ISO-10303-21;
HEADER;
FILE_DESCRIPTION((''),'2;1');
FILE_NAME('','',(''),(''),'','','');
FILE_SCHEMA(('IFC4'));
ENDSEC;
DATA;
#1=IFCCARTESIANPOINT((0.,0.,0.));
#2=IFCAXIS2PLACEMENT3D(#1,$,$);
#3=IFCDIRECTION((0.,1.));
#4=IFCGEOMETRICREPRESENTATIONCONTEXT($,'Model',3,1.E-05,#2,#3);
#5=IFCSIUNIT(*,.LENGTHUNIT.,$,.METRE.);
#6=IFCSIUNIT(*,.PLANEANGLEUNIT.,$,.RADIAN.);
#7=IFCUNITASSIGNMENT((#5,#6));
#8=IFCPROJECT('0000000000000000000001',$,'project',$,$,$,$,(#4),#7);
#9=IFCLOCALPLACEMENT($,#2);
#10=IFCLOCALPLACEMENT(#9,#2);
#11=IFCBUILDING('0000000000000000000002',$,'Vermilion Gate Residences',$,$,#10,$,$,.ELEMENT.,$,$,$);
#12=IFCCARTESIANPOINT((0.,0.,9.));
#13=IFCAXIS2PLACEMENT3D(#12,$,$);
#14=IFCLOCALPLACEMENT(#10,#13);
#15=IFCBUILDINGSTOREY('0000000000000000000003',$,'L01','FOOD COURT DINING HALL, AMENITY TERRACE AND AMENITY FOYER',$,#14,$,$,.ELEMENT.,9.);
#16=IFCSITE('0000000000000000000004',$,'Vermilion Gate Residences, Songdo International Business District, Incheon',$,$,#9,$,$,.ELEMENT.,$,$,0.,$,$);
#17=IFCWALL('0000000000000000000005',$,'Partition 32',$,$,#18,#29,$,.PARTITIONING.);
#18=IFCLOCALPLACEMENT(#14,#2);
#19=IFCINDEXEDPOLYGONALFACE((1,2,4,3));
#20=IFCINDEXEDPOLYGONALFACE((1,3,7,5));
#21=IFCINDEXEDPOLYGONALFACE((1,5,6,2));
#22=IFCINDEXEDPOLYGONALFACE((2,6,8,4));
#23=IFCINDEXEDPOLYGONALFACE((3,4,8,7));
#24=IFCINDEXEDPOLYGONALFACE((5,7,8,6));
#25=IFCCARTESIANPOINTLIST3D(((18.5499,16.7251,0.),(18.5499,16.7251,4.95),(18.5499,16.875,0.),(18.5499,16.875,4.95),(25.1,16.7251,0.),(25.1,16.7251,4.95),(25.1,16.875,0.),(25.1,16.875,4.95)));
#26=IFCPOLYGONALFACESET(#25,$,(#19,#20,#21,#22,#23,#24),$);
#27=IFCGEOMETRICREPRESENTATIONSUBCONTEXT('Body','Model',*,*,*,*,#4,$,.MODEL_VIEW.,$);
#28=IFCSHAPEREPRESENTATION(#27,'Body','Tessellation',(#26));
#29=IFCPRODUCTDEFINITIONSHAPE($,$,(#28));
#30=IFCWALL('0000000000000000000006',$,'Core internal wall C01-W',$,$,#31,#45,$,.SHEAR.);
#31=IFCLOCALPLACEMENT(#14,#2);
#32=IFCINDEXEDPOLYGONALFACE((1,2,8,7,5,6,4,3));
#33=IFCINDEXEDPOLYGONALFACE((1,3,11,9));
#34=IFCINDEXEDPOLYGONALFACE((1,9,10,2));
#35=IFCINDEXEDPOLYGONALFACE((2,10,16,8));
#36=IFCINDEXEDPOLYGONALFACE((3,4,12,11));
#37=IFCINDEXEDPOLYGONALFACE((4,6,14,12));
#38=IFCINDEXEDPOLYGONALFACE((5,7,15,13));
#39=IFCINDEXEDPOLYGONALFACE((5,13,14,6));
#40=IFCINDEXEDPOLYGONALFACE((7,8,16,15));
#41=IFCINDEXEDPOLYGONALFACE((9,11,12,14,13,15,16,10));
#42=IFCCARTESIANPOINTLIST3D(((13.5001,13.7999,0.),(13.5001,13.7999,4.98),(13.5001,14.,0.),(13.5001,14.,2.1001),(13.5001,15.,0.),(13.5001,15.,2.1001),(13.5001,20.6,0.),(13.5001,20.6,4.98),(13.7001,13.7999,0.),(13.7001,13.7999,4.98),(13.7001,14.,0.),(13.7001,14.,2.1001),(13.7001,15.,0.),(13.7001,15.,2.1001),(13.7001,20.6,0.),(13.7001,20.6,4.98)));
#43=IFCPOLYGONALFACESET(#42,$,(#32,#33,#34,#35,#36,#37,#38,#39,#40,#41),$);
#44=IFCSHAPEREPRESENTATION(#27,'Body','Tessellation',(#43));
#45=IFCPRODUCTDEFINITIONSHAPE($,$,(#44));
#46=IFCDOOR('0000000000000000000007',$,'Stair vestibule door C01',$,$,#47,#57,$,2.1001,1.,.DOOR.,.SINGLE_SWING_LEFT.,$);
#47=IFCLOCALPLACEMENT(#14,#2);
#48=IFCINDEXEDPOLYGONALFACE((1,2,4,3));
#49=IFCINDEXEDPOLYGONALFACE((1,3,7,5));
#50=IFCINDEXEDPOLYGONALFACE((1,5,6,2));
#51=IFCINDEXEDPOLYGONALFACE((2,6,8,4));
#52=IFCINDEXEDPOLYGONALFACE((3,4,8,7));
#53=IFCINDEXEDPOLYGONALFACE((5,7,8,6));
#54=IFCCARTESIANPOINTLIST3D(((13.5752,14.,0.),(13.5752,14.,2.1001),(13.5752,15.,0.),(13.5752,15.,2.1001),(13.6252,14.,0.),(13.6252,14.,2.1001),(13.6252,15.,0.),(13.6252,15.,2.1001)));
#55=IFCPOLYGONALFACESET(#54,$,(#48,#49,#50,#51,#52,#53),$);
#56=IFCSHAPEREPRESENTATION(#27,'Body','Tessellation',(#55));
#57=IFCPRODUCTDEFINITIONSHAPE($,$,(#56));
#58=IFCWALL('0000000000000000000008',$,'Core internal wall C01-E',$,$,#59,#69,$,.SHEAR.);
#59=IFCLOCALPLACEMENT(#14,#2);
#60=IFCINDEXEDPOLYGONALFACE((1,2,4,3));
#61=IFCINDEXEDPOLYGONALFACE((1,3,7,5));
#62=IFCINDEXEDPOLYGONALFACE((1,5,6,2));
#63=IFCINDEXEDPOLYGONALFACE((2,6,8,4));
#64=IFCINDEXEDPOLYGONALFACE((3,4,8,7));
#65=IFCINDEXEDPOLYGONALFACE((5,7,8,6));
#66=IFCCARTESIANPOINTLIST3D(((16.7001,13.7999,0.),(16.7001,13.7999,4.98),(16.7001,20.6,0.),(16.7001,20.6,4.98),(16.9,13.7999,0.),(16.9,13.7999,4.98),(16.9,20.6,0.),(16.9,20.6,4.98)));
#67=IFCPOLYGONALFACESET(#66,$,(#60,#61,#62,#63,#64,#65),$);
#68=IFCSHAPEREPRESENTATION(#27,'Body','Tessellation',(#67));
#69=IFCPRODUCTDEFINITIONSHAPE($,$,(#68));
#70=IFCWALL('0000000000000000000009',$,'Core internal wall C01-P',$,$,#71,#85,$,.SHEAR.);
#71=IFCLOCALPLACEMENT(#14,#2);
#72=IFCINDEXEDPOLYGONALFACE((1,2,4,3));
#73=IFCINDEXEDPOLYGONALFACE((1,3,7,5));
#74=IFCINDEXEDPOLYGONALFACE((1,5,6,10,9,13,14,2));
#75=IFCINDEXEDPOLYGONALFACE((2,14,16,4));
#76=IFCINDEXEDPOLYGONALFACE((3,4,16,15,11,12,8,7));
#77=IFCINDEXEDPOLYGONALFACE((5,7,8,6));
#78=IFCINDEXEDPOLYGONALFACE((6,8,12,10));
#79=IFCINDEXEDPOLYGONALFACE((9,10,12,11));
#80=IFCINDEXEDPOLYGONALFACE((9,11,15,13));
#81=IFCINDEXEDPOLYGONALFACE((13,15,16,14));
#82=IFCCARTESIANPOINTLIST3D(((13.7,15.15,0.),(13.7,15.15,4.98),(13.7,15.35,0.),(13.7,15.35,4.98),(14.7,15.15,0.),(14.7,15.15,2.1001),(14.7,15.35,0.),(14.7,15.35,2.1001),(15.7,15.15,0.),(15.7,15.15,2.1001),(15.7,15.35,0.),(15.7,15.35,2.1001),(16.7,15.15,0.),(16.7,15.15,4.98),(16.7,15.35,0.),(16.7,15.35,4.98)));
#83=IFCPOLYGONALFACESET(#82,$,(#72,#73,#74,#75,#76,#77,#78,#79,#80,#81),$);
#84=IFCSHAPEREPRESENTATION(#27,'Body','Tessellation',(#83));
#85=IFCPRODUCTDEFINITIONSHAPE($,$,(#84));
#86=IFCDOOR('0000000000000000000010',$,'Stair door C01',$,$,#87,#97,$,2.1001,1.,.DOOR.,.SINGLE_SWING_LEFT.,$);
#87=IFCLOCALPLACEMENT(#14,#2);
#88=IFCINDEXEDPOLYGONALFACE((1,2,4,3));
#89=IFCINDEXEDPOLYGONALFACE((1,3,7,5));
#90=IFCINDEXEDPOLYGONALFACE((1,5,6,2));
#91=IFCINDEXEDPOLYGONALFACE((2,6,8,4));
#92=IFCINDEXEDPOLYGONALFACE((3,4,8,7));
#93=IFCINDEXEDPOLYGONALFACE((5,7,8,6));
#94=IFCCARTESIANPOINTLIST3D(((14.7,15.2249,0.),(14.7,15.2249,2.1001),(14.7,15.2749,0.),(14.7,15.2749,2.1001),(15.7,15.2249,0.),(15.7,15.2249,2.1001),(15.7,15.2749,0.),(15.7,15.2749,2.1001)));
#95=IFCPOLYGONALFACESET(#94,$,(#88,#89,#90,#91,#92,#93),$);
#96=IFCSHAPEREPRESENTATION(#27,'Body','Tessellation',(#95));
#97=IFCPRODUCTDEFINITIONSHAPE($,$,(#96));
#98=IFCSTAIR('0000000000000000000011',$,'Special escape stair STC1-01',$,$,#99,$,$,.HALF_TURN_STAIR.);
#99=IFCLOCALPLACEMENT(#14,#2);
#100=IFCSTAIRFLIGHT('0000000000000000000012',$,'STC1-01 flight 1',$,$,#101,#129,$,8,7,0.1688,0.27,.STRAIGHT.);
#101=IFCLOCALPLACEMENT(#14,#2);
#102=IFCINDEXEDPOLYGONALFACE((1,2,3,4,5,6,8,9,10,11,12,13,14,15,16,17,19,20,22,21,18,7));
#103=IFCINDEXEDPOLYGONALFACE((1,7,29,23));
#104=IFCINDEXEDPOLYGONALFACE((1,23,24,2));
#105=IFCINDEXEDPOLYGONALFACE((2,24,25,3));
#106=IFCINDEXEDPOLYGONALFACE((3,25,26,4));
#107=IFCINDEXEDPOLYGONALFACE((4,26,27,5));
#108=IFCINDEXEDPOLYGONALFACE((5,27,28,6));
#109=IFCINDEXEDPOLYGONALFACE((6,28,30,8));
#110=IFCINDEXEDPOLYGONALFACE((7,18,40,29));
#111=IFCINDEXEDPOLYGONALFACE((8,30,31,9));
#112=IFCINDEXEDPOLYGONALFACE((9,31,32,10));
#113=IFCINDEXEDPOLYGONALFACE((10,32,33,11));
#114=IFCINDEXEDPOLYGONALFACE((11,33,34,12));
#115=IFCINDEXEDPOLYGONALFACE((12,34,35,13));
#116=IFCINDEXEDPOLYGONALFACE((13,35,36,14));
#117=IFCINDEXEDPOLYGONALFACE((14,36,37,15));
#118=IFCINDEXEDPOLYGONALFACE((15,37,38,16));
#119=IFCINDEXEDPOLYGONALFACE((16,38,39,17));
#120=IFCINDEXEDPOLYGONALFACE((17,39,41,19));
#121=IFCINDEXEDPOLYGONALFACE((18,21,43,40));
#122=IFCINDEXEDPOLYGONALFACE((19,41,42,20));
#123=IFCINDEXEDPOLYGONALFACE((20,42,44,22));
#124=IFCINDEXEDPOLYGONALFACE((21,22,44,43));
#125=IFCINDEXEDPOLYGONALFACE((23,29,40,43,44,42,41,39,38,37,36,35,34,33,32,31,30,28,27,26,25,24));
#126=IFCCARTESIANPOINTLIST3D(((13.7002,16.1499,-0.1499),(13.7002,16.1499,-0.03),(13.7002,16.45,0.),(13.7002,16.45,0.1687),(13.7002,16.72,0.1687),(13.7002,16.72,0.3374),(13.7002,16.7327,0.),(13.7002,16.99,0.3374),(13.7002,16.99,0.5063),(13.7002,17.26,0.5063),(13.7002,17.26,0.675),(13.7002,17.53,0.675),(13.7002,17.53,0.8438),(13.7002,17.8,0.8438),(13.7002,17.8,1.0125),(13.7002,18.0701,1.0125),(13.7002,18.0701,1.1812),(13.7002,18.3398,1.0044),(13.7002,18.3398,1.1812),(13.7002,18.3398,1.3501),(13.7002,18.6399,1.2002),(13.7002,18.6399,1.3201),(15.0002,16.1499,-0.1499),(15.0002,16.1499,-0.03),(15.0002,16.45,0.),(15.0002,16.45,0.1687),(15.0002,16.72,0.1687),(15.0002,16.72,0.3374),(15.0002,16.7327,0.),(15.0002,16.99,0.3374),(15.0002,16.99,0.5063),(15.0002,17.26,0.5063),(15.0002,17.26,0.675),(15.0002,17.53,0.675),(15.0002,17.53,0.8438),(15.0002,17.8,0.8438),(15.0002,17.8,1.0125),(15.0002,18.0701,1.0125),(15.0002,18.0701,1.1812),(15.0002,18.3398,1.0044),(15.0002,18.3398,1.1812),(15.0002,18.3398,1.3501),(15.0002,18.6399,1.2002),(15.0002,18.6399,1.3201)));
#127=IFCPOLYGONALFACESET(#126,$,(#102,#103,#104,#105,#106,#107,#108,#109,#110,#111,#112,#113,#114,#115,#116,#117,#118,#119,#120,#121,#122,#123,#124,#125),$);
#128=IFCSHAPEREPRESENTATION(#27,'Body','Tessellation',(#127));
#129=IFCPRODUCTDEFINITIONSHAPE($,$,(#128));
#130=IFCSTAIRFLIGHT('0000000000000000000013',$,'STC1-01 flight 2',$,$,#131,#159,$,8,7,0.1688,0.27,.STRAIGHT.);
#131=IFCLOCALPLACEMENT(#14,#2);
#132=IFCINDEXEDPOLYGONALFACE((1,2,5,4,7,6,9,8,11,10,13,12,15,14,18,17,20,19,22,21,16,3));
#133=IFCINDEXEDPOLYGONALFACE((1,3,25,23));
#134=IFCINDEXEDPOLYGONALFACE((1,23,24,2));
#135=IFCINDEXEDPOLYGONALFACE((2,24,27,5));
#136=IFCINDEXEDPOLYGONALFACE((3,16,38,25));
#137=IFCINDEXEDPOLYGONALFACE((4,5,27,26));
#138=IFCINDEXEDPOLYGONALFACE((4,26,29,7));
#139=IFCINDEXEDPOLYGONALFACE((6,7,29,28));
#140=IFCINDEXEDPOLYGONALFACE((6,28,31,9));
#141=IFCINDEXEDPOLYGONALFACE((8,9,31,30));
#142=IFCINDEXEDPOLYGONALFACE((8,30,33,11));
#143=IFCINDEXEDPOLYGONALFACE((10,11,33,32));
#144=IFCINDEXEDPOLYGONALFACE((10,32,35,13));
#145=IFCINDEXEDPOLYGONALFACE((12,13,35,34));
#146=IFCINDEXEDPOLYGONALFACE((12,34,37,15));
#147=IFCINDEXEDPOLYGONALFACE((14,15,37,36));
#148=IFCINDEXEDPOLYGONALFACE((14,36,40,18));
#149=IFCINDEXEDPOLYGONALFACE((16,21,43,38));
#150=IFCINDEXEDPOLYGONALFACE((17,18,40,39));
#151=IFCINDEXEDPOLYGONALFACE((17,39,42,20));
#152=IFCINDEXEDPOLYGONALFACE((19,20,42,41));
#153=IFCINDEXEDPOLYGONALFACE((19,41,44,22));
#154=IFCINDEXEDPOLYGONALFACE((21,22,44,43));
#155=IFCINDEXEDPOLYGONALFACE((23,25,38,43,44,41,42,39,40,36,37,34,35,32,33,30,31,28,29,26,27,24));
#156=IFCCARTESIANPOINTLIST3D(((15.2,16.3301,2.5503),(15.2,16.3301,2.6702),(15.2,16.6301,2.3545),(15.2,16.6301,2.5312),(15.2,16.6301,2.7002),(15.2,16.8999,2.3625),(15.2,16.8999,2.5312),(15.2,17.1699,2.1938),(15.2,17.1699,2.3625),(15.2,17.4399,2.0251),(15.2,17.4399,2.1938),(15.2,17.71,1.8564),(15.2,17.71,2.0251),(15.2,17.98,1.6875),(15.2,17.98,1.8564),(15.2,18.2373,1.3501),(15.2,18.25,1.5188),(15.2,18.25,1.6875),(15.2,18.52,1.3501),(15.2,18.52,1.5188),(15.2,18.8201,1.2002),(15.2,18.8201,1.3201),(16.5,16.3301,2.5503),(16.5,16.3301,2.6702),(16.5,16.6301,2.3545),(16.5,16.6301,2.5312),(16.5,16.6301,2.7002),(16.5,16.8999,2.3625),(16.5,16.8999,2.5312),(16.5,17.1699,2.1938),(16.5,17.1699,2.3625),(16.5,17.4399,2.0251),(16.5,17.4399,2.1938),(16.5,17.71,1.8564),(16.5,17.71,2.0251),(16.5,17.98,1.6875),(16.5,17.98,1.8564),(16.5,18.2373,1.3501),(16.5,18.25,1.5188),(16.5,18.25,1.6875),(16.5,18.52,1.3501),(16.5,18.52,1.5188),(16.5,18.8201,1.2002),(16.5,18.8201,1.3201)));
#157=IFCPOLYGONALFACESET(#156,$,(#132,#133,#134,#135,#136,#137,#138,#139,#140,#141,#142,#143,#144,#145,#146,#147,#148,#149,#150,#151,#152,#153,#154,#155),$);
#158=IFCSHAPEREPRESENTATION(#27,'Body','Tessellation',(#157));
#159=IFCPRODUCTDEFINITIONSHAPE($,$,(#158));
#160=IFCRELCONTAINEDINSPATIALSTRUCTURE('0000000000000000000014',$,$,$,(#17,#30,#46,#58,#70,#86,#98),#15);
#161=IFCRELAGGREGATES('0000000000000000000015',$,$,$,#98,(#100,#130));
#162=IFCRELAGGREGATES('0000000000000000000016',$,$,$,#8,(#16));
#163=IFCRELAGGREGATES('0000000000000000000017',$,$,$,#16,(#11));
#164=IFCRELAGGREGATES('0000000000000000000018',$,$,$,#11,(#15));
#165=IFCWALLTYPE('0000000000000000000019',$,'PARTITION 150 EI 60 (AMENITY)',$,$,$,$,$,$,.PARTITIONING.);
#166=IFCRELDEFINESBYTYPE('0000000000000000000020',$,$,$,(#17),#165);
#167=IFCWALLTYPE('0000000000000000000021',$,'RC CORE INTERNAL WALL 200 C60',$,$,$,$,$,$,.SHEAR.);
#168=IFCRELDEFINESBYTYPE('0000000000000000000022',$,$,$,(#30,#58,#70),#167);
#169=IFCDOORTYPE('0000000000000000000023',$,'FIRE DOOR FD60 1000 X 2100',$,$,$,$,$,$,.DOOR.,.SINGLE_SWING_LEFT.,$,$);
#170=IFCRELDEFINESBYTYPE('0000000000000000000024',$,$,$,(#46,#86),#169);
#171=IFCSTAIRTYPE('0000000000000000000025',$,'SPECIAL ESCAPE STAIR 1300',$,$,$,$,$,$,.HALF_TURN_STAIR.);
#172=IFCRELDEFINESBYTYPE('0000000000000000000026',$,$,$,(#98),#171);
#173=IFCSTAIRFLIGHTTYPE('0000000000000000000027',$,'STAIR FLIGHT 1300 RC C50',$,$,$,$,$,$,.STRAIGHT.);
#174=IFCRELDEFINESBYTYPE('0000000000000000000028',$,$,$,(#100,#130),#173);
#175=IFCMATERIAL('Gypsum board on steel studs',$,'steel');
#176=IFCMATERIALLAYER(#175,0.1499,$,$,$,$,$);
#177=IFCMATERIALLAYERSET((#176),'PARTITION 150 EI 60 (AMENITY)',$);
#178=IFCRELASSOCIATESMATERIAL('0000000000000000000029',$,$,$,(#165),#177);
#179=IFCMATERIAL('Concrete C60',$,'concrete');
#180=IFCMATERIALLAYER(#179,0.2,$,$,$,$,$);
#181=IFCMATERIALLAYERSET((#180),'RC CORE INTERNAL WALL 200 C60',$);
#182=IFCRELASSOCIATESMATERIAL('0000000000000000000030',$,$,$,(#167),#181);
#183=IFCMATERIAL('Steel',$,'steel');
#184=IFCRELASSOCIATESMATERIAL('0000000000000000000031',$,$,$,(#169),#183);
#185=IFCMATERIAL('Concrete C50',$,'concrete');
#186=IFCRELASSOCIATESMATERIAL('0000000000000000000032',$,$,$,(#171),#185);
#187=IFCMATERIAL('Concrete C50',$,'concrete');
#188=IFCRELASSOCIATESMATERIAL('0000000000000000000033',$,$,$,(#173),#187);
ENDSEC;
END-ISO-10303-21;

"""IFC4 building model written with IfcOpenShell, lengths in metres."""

from ifc_helpers import new_model, si_unit, direction, frame, frame_2d, origin, place, context, subcontext, project, spatial, polyline, rectangle, outline, extrude, material, layer, layer_set, type_object, element, fill, aggregate, save


model = new_model("IFC4")

# Units and contexts
model_context = context("Model", 3, precision=1e-05, world=origin(), true_north=direction((0.0, 1.0)))
body_context = subcontext(model_context, "Body", "Model", "MODEL_VIEW")
ifc_project = project(units=[si_unit("LENGTHUNIT", "METRE"), si_unit("PLANEANGLEUNIT", "RADIAN")], contexts=[model_context])

# Site, building, storey
site_placement = place(None, origin())
site = spatial("IfcSite", under=ifc_project, at=site_placement, Name="Vermilion Gate Residences, Songdo International Business District, Incheon", CompositionType="ELEMENT", RefElevation=0.0)
building_placement = place(site_placement, origin())
building = spatial("IfcBuilding", under=site, at=building_placement, Name="Vermilion Gate Residences", CompositionType="ELEMENT")
storey_placement = place(building_placement, frame((0.0, 0.0, 9.0)))
storey = spatial("IfcBuildingStorey", under=building, at=storey_placement, Name="L01", Description="FOOD COURT DINING HALL, AMENITY TERRACE AND AMENITY FOYER", CompositionType="ELEMENT", Elevation=9.0)

# Shared definitions
ifc_material_1 = material(Name="Gypsum board on steel studs", Category="steel")
ifc_layer_1 = layer(ifc_material_1, 0.1499)
ifc_layer_set_1 = layer_set([ifc_layer_1], Name="PARTITION 150 EI 60 (AMENITY)")
wall_type_1 = type_object("IfcWallType", Name="PARTITION 150 EI 60 (AMENITY)", PredefinedType="PARTITIONING", material=ifc_layer_set_1)

# Wall
wall_1_placement = place(storey_placement, frame((18.55, 16.8, 0.0), z_axis=(0.0, 0.0, 1.0), x_axis=(1.0, 0.0, 0.0)))
element("IfcWall", 1, at=wall_1_placement, inside=storey, type_object=wall_type_1, Name="Partition 32", PredefinedType="PARTITIONING", context=body_context, shape_type="SweptSolid", body=[
    extrude(rectangle(XDim=6.55, YDim=0.1499, at=frame_2d((3.2749, 0.0))), origin(), (0.0, 0.0, 1.0), 4.95),
])

# Wall, opening, door
ifc_material_2 = material(Name="Concrete C60", Category="concrete")
ifc_layer_2 = layer(ifc_material_2, 0.2)
ifc_layer_set_2 = layer_set([ifc_layer_2], Name="RC CORE INTERNAL WALL 200 C60")
wall_type_2 = type_object("IfcWallType", Name="RC CORE INTERNAL WALL 200 C60", PredefinedType="SHEAR", material=ifc_layer_set_2)
wall_2_placement = place(storey_placement, frame((13.6001, 13.8, 0.0), z_axis=(0.0, 0.0, 1.0), x_axis=(0.0, 1.0, 0.0)))
wall_2 = element("IfcWall", 2, at=wall_2_placement, inside=storey, type_object=wall_type_2, Name="Core internal wall C01-W", PredefinedType="SHEAR", context=body_context, shape_type="SweptSolid", body=[
    extrude(rectangle(XDim=6.8, YDim=0.2, at=frame_2d((3.3999, 0.0))), origin(), (0.0, 0.0, 1.0), 4.98),
])
opening_1_placement = place(wall_2_placement, frame((0.2, 0.0, 0.0)))
opening_1 = element("IfcOpeningElement", 3, at=opening_1_placement, cuts=wall_2, PredefinedType="OPENING", context=body_context, shape_type="SweptSolid", body=[
    extrude(rectangle(XDim=1.0, YDim=2.1001, at=frame_2d((0.5, 1.05))), frame((0.0, 0.1099, 0.0), z_axis=(0.0, -1.0, 0.0), x_axis=(1.0, 0.0, 0.0)), (0.0, 0.0, 1.0), 0.22),
])
ifc_material_3 = material(Name="Steel", Category="steel")
door_type_1 = type_object("IfcDoorType", Name="FIRE DOOR FD60 1000 X 2100", OperationType="SINGLE_SWING_LEFT", PredefinedType="DOOR", material=ifc_material_3)
door_1_placement = place(opening_1_placement, origin())
door_1 = element("IfcDoor", 4, at=door_1_placement, inside=storey, type_object=door_type_1, Name="Stair vestibule door C01", OperationType="SINGLE_SWING_LEFT", OverallHeight=2.1001, OverallWidth=1.0, PredefinedType="DOOR", context=body_context, shape_type="SweptSolid", body=[
    extrude(rectangle(XDim=1.0, YDim=2.1001, at=frame_2d((0.5, 1.05))), frame((0.0, 0.0249, 0.0), z_axis=(0.0, -1.0, 0.0), x_axis=(1.0, 0.0, 0.0)), (0.0, 0.0, 1.0), 0.05),
])
fill(opening_1, door_1)

# Wall
wall_3_placement = place(storey_placement, frame((16.8, 13.8, 0.0), z_axis=(0.0, 0.0, 1.0), x_axis=(0.0, 1.0, 0.0)))
element("IfcWall", 5, at=wall_3_placement, inside=storey, type_object=wall_type_2, Name="Core internal wall C01-E", PredefinedType="SHEAR", context=body_context, shape_type="SweptSolid", body=[
    extrude(rectangle(XDim=6.8, YDim=0.2, at=frame_2d((3.3999, 0.0))), origin(), (0.0, 0.0, 1.0), 4.98),
])

# Wall, opening, door
wall_4_placement = place(storey_placement, frame((13.7, 15.25, 0.0), z_axis=(0.0, 0.0, 1.0), x_axis=(1.0, 0.0, 0.0)))
wall_4 = element("IfcWall", 6, at=wall_4_placement, inside=storey, type_object=wall_type_2, Name="Core internal wall C01-P", PredefinedType="SHEAR", context=body_context, shape_type="SweptSolid", body=[
    extrude(rectangle(XDim=3.0, YDim=0.2, at=frame_2d((1.5, 0.0))), origin(), (0.0, 0.0, 1.0), 4.98),
])
opening_2_placement = place(wall_4_placement, frame((1.0, 0.0, 0.0)))
opening_2 = element("IfcOpeningElement", 7, at=opening_2_placement, cuts=wall_4, PredefinedType="OPENING", context=body_context, shape_type="SweptSolid", body=[
    extrude(rectangle(XDim=1.0, YDim=2.1001, at=frame_2d((0.5, 1.05))), frame((0.0, 0.1099, 0.0), z_axis=(0.0, -1.0, 0.0), x_axis=(1.0, 0.0, 0.0)), (0.0, 0.0, 1.0), 0.22),
])
door_2_placement = place(opening_2_placement, origin())
door_2 = element("IfcDoor", 8, at=door_2_placement, inside=storey, type_object=door_type_1, Name="Stair door C01", OperationType="SINGLE_SWING_LEFT", OverallHeight=2.1001, OverallWidth=1.0, PredefinedType="DOOR", context=body_context, shape_type="SweptSolid", body=[
    extrude(rectangle(XDim=1.0, YDim=2.1001, at=frame_2d((0.5, 1.05))), frame((0.0, 0.0249, 0.0), z_axis=(0.0, -1.0, 0.0), x_axis=(1.0, 0.0, 0.0)), (0.0, 0.0, 1.0), 0.05),
])
fill(opening_2, door_2)

# Stair, stair flights
ifc_material_4 = material(Name="Concrete C50", Category="concrete")
stair_type = type_object("IfcStairType", Name="SPECIAL ESCAPE STAIR 1300", PredefinedType="HALF_TURN_STAIR", material=ifc_material_4)
stair_placement = place(storey_placement, origin())
stair = element("IfcStair", 9, at=stair_placement, inside=storey, type_object=stair_type, Name="Special escape stair STC1-01", PredefinedType="HALF_TURN_STAIR")
ifc_material_5 = material(Name="Concrete C50", Category="concrete")
stair_flight_type = type_object("IfcStairFlightType", Name="STAIR FLIGHT 1300 RC C50", PredefinedType="STRAIGHT", material=ifc_material_5)
stair_flight_1_placement = place(storey_placement, frame((14.3501, 16.45, 0.0), z_axis=(0.0, 0.0, 1.0), x_axis=(0.0, 1.0, 0.0)))
stair_flight_1 = element("IfcStairFlight", 10, at=stair_flight_1_placement, type_object=stair_flight_type, Name="STC1-01 flight 1", NumberOfRisers=8, NumberOfTreads=7, PredefinedType="STRAIGHT", RiserHeight=0.1688, TreadLength=0.27, context=body_context, shape_type="SweptSolid", body=[
    extrude(outline(polyline([(-0.3, -0.1499), (-0.3, -0.03), (0.0, 0.0), (0.0, 0.1687), (0.27, 0.1687), (0.27, 0.3374), (0.54, 0.3374), (0.54, 0.5063), (0.8101, 0.5063), (0.8101, 0.675), (1.0801, 0.675), (1.0801, 0.8438), (1.3501, 0.8438), (1.3501, 1.0125), (1.6201, 1.0125), (1.6201, 1.1812), (1.8899, 1.1812), (1.8899, 1.3501), (2.1899, 1.3201), (2.1899, 1.2002), (1.8899, 1.0044), (0.2827, 0.0), (-0.3, -0.1499)])), frame((0.0, 0.6499, 0.0), z_axis=(0.0, -1.0, 0.0), x_axis=(1.0, 0.0, 0.0)), (0.0, 0.0, 1.0), 1.3),
])
stair_flight_2_placement = place(storey_placement, frame((15.8501, 18.52, 1.3501), z_axis=(0.0, 0.0, 1.0), x_axis=(0.0, -1.0, 0.0)))
stair_flight_2 = element("IfcStairFlight", 11, at=stair_flight_2_placement, type_object=stair_flight_type, Name="STC1-01 flight 2", NumberOfRisers=8, NumberOfTreads=7, PredefinedType="STRAIGHT", RiserHeight=0.1688, TreadLength=0.27, context=body_context, shape_type="SweptSolid", body=[
    extrude(outline(polyline([(-0.3, -0.1499), (-0.3, -0.03), (0.0, 0.0), (0.0, 0.1687), (0.27, 0.1687), (0.27, 0.3374), (0.54, 0.3374), (0.54, 0.5063), (0.8101, 0.5063), (0.8101, 0.675), (1.0801, 0.675), (1.0801, 0.8438), (1.3501, 0.8438), (1.3501, 1.0125), (1.6201, 1.0125), (1.6201, 1.1812), (1.8899, 1.1812), (1.8899, 1.3501), (2.1899, 1.3201), (2.1899, 1.2002), (1.8899, 1.0044), (0.2827, 0.0), (-0.3, -0.1499)])), frame((0.0, 0.6499, 0.0), z_axis=(0.0, -1.0, 0.0), x_axis=(1.0, 0.0, 0.0)), (0.0, 0.0, 1.0), 1.3),
])
aggregate(stair, [stair_flight_1, stair_flight_2])

save(model, "model.ifc")
